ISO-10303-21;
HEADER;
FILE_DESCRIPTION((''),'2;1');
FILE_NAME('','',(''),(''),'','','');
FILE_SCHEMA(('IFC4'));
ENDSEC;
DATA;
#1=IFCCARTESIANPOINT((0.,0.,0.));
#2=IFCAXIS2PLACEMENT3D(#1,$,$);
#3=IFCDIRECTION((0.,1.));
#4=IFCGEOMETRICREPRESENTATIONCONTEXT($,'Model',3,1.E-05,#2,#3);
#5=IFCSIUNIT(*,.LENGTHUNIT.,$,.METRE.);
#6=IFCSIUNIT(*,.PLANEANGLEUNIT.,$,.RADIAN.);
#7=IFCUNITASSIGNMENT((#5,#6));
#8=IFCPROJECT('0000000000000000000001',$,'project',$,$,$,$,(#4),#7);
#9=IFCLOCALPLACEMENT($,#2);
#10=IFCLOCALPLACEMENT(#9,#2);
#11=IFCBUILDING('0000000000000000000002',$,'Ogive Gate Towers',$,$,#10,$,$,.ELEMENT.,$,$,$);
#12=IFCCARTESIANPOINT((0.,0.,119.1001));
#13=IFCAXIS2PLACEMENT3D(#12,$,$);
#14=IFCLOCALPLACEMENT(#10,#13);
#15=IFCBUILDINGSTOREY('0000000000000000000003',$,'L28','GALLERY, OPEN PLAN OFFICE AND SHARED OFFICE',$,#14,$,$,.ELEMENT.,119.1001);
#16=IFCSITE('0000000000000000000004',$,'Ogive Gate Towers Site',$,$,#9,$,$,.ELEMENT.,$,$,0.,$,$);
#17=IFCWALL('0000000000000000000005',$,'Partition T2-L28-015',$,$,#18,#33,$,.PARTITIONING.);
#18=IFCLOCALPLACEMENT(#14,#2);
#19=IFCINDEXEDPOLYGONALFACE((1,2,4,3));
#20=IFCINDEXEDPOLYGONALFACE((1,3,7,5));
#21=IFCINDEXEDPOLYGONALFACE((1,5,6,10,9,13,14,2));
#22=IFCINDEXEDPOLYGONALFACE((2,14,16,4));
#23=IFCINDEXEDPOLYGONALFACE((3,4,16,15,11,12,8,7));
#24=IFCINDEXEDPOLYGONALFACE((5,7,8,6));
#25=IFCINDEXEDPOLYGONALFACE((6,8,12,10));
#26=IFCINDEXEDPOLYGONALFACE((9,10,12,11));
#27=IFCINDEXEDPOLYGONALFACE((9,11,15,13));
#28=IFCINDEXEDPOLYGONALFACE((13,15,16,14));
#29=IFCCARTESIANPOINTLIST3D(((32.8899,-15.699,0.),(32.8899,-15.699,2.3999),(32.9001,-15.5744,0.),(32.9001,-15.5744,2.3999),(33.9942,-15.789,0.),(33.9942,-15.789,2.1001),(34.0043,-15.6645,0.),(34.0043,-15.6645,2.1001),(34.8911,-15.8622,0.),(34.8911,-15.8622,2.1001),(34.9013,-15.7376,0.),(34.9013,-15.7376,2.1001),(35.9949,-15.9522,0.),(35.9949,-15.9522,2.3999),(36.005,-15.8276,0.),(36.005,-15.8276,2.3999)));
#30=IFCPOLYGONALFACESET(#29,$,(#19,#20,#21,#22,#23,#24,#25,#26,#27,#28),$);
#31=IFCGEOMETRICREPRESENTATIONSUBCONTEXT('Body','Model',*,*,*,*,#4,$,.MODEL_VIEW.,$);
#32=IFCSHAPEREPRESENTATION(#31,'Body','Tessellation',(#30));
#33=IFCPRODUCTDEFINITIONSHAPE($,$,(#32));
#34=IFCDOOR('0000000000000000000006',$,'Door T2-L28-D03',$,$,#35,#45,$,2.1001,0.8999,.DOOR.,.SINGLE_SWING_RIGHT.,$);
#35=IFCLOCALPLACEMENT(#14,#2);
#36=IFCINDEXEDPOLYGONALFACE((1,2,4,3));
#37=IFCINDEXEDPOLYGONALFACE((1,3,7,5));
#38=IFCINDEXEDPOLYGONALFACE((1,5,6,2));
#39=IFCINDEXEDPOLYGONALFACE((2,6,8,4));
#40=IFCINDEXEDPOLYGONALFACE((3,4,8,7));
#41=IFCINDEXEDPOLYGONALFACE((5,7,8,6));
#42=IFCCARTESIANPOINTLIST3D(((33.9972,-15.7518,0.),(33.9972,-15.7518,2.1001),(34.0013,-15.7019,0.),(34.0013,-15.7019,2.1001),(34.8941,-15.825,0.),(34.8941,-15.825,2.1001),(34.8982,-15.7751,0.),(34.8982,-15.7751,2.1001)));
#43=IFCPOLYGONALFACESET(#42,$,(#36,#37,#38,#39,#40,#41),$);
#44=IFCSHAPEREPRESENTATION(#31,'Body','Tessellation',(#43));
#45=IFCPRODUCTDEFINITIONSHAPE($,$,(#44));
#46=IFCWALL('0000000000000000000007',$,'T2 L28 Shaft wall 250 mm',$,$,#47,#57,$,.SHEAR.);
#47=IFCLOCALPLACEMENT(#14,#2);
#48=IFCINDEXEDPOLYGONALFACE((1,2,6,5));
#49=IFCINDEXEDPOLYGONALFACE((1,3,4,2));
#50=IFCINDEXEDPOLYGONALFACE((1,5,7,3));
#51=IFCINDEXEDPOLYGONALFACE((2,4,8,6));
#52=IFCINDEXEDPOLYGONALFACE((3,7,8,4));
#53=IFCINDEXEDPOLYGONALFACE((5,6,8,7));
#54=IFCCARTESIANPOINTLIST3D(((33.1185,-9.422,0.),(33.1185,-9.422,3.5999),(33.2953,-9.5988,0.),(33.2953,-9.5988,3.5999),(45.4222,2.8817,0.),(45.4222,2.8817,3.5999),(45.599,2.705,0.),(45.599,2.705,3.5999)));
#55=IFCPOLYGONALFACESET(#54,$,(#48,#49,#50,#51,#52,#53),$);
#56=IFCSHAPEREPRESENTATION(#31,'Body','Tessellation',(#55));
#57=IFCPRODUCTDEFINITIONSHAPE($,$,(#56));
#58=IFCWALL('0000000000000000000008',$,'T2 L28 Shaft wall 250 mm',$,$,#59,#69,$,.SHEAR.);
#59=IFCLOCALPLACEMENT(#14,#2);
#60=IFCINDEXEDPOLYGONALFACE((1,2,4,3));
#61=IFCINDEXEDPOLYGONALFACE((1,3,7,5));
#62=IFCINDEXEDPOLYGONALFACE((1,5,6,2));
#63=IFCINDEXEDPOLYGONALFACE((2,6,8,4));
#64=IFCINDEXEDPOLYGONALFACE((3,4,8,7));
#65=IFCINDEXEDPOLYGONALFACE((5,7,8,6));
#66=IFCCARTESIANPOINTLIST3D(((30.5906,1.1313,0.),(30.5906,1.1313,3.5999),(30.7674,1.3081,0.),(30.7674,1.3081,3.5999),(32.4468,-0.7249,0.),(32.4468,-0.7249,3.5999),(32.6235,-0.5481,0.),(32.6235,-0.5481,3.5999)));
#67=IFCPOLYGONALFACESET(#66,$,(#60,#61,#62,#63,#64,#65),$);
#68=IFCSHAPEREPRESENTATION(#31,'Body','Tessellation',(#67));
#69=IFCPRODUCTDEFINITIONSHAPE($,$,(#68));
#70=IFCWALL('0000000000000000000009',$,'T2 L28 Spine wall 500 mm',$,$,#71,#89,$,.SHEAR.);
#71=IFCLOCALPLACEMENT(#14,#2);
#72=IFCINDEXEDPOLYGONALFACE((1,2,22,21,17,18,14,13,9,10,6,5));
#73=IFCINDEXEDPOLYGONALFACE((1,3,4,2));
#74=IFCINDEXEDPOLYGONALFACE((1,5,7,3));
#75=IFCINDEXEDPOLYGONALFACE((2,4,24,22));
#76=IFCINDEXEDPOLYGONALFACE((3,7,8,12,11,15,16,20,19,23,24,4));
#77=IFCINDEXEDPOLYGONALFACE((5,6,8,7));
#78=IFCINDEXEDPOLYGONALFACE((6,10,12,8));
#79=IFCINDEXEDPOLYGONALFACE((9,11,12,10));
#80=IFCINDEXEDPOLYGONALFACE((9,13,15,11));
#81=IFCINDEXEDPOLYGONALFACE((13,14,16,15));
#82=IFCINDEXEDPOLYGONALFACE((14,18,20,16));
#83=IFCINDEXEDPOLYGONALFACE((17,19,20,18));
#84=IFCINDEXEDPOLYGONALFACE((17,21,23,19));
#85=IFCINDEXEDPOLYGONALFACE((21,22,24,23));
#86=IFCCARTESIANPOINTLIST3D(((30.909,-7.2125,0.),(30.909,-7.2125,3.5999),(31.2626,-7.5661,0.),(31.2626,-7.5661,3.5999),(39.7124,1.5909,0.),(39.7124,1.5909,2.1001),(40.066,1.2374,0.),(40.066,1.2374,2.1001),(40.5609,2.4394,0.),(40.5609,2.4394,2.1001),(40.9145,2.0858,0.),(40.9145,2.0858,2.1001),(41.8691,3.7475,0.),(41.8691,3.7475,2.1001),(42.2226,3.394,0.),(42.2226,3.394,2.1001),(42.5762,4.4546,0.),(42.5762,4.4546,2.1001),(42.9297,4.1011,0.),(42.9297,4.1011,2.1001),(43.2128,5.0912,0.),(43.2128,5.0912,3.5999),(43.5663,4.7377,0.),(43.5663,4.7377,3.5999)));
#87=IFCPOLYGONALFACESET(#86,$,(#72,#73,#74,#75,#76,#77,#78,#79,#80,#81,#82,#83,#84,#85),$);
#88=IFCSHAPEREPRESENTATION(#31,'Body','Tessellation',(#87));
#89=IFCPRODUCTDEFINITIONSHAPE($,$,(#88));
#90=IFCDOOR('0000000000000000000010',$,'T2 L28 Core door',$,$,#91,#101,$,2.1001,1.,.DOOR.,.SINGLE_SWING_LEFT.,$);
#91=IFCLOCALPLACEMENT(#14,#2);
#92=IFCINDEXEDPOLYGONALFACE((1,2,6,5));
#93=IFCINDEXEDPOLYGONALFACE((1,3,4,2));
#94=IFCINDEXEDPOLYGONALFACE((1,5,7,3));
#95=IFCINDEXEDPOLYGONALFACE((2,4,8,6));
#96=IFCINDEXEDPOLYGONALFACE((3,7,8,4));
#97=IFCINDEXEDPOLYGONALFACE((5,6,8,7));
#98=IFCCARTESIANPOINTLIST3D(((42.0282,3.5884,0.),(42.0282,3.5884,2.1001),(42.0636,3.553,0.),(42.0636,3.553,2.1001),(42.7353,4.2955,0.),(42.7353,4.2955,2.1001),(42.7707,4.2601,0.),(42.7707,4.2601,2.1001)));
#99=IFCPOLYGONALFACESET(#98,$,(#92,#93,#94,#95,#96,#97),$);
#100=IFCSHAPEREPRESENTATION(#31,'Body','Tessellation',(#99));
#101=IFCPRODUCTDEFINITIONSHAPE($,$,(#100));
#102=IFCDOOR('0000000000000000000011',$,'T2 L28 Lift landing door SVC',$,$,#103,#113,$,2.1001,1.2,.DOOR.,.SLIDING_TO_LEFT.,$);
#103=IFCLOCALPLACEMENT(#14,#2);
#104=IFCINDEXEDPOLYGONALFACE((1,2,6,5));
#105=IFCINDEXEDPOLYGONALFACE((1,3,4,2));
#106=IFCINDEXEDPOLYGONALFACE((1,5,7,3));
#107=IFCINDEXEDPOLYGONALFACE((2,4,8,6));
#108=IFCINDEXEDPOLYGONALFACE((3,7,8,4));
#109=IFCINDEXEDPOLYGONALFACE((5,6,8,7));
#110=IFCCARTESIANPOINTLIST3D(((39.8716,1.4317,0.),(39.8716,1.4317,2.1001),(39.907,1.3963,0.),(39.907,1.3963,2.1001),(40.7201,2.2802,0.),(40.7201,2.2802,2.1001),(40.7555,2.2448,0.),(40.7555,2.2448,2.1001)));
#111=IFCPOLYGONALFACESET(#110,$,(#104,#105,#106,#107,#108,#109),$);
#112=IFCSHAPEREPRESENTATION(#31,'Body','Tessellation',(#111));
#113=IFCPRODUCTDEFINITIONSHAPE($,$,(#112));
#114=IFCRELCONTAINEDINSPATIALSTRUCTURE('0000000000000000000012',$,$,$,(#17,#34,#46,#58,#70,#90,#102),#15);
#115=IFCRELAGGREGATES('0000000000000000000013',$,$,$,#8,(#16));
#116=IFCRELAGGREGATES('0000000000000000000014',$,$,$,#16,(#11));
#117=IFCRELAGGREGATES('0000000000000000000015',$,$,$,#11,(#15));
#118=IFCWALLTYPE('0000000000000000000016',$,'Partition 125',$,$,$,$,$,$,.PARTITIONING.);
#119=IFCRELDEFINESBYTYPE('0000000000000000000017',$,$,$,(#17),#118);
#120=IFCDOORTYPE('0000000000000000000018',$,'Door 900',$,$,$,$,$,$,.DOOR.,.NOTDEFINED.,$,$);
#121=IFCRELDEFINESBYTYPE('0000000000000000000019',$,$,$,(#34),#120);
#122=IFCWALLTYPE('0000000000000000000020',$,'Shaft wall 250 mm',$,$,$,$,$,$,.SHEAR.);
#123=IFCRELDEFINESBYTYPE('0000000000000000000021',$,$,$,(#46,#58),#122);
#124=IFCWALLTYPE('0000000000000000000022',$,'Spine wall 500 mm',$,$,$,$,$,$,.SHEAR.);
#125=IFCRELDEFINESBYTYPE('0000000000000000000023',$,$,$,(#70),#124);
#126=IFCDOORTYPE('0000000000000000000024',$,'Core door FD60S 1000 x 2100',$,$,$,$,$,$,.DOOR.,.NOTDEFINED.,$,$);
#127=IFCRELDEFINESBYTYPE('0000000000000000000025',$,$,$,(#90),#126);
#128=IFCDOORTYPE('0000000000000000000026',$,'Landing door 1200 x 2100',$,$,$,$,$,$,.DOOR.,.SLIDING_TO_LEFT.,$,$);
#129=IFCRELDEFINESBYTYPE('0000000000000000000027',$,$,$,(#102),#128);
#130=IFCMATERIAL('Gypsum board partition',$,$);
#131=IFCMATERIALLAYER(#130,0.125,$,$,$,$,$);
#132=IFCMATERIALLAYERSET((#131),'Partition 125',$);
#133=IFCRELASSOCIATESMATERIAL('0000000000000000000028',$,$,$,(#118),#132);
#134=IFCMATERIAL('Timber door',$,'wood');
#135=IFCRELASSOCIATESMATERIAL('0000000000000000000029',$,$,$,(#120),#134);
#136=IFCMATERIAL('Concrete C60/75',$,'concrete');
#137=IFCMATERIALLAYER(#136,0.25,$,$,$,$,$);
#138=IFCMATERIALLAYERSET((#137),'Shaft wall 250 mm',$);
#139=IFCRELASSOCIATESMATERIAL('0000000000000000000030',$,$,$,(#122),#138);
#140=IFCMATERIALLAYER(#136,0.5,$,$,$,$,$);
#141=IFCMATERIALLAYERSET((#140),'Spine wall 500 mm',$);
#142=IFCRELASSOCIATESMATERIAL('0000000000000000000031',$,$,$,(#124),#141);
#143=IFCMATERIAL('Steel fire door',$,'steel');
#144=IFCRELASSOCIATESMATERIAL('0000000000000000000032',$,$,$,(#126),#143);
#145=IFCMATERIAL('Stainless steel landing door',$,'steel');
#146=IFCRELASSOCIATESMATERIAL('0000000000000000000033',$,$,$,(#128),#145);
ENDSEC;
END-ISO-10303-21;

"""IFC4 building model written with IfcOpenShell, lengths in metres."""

from ifc_helpers import new_model, si_unit, direction, frame, frame_2d, origin, place, context, subcontext, project, spatial, rectangle, extrude, material, layer, layer_set, type_object, element, fill, save


model = new_model("IFC4")

# Units and contexts
model_context = context("Model", 3, precision=1e-05, world=origin(), true_north=direction((0.0, 1.0)))
body_context = subcontext(model_context, "Body", "Model", "MODEL_VIEW")
ifc_project = project(units=[si_unit("LENGTHUNIT", "METRE"), si_unit("PLANEANGLEUNIT", "RADIAN")], contexts=[model_context])

# Site, building, storey
site_placement = place(None, origin())
site = spatial("IfcSite", under=ifc_project, at=site_placement, Name="Ogive Gate Towers Site", CompositionType="ELEMENT", RefElevation=0.0)
building_placement = place(site_placement, origin())
building = spatial("IfcBuilding", under=site, at=building_placement, Name="Ogive Gate Towers", CompositionType="ELEMENT")
storey_placement = place(building_placement, frame((0.0, 0.0, 119.1001)))
storey = spatial("IfcBuildingStorey", under=building, at=storey_placement, Name="L28", Description="GALLERY, OPEN PLAN OFFICE AND SHARED OFFICE", CompositionType="ELEMENT", Elevation=119.1001)

# Shared definitions
ifc_material_1 = material(Name="Gypsum board partition")
ifc_layer_1 = layer(ifc_material_1, 0.125)
ifc_layer_set_1 = layer_set([ifc_layer_1], Name="Partition 125")
wall_type_1 = type_object("IfcWallType", Name="Partition 125", PredefinedType="PARTITIONING", material=ifc_layer_set_1)

# Wall, opening, door
wall_1_placement = place(storey_placement, frame((32.895, -15.6367, 0.0), z_axis=(0.0, 0.0, 1.0), x_axis=(0.996692, -0.081268, 0.0)))
wall_1 = element("IfcWall", 1, at=wall_1_placement, inside=storey, type_object=wall_type_1, Name="Partition T2-L28-015", PredefinedType="PARTITIONING", context=body_context, shape_type="SweptSolid", body=[
    extrude(rectangle(XDim=3.1152, YDim=0.125, at=frame_2d((1.5576, 0.0))), origin(), (0.0, 0.0, 1.0), 2.3999),
])
opening_1_placement = place(wall_1_placement, frame((1.1079, 0.0, 0.0)))
opening_1 = element("IfcOpeningElement", 2, at=opening_1_placement, cuts=wall_1, PredefinedType="OPENING", context=body_context, shape_type="SweptSolid", body=[
    extrude(rectangle(XDim=0.8999, YDim=2.1001, at=frame_2d((0.45, 1.05))), frame((0.0, 0.0725, 0.0), z_axis=(0.0, -1.0, 0.0), x_axis=(1.0, 0.0, 0.0)), (0.0, 0.0, 1.0), 0.145),
])
ifc_material_2 = material(Name="Timber door", Category="wood")
door_type_1 = type_object("IfcDoorType", Name="Door 900", OperationType="NOTDEFINED", PredefinedType="DOOR", material=ifc_material_2)
door_1_placement = place(opening_1_placement, origin())
door_1 = element("IfcDoor", 3, at=door_1_placement, inside=storey, type_object=door_type_1, Name="Door T2-L28-D03", OperationType="SINGLE_SWING_RIGHT", OverallHeight=2.1001, OverallWidth=0.8999, PredefinedType="DOOR", context=body_context, shape_type="SweptSolid", body=[
    extrude(rectangle(XDim=0.8999, YDim=2.1001, at=frame_2d((0.45, 1.05))), frame((0.0, 0.0249, 0.0), z_axis=(0.0, -1.0, 0.0), x_axis=(1.0, 0.0, 0.0)), (0.0, 0.0, 1.0), 0.05),
])
fill(opening_1, door_1)

# Walls
ifc_material_3 = material(Name="Concrete C60/75", Category="concrete")
ifc_layer_2 = layer(ifc_material_3, 0.25)
ifc_layer_set_2 = layer_set([ifc_layer_2], Name="Shaft wall 250 mm")
wall_type_2 = type_object("IfcWallType", Name="Shaft wall 250 mm", PredefinedType="SHEAR", material=ifc_layer_set_2)
wall_2_placement = place(storey_placement, frame((33.2068, -9.5105, 0.0), z_axis=(0.0, 0.0, 1.0), x_axis=(0.707107, 0.707107, 0.0)))
element("IfcWall", 4, at=wall_2_placement, inside=storey, type_object=wall_type_2, Name="T2 L28 Shaft wall 250 mm", PredefinedType="SHEAR", context=body_context, shape_type="SweptSolid", body=[
    extrude(rectangle(XDim=17.4001, YDim=0.25, at=frame_2d((8.7002, 0.0))), origin(), (0.0, 0.0, 1.0), 3.5999),
])
wall_3_placement = place(storey_placement, frame((32.5352, -0.6365, 0.0), z_axis=(0.0, 0.0, 1.0), x_axis=(-0.707107, 0.707107, 0.0)))
element("IfcWall", 5, at=wall_3_placement, inside=storey, type_object=wall_type_2, Name="T2 L28 Shaft wall 250 mm", PredefinedType="SHEAR", context=body_context, shape_type="SweptSolid", body=[
    extrude(rectangle(XDim=2.625, YDim=0.25, at=frame_2d((1.3125, 0.0))), origin(), (0.0, 0.0, 1.0), 3.5999),
])

# Wall, openings, doors
ifc_layer_3 = layer(ifc_material_3, 0.5)
ifc_layer_set_3 = layer_set([ifc_layer_3], Name="Spine wall 500 mm")
wall_type_3 = type_object("IfcWallType", Name="Spine wall 500 mm", PredefinedType="SHEAR", material=ifc_layer_set_3)
wall_4_placement = place(storey_placement, frame((31.0857, -7.3894, 0.0), z_axis=(0.0, 0.0, 1.0), x_axis=(0.707107, 0.707107, 0.0)))
wall_4 = element("IfcWall", 6, at=wall_4_placement, inside=storey, type_object=wall_type_3, Name="T2 L28 Spine wall 500 mm", PredefinedType="SHEAR", context=body_context, shape_type="SweptSolid", body=[
    extrude(rectangle(XDim=17.4001, YDim=0.5, at=frame_2d((8.7002, 0.0))), origin(), (0.0, 0.0, 1.0), 3.5999),
])
opening_2_placement = place(wall_4_placement, frame((12.45, 0.0, 0.0)))
opening_2 = element("IfcOpeningElement", 7, at=opening_2_placement, cuts=wall_4, PredefinedType="OPENING", context=body_context, shape_type="SweptSolid", body=[
    extrude(rectangle(XDim=1.2, YDim=2.1001, at=frame_2d((0.6001, 1.05))), frame((0.0, 0.26, 0.0), z_axis=(0.0, -1.0, 0.0), x_axis=(1.0, 0.0, 0.0)), (0.0, 0.0, 1.0), 0.52),
])
opening_3_placement = place(wall_4_placement, frame((15.5, 0.0, 0.0)))
opening_3 = element("IfcOpeningElement", 8, at=opening_3_placement, cuts=wall_4, PredefinedType="OPENING", context=body_context, shape_type="SweptSolid", body=[
    extrude(rectangle(XDim=1.0, YDim=2.1001, at=frame_2d((0.5, 1.05))), frame((0.0, 0.26, 0.0), z_axis=(0.0, -1.0, 0.0), x_axis=(1.0, 0.0, 0.0)), (0.0, 0.0, 1.0), 0.52),
])
ifc_material_4 = material(Name="Steel fire door", Category="steel")
door_type_2 = type_object("IfcDoorType", Name="Core door FD60S 1000 x 2100", OperationType="NOTDEFINED", PredefinedType="DOOR", material=ifc_material_4)
door_2_placement = place(opening_3_placement, origin())
door_2 = element("IfcDoor", 9, at=door_2_placement, inside=storey, type_object=door_type_2, Name="T2 L28 Core door", OperationType="SINGLE_SWING_LEFT", OverallHeight=2.1001, OverallWidth=1.0, PredefinedType="DOOR", context=body_context, shape_type="SweptSolid", body=[
    extrude(rectangle(XDim=1.0, YDim=2.1001, at=frame_2d((0.5, 1.05))), frame((0.0, 0.0249, 0.0), z_axis=(0.0, -1.0, 0.0), x_axis=(1.0, 0.0, 0.0)), (0.0, 0.0, 1.0), 0.05),
])
fill(opening_3, door_2)
ifc_material_5 = material(Name="Stainless steel landing door", Category="steel")
door_type_3 = type_object("IfcDoorType", Name="Landing door 1200 x 2100", OperationType="SLIDING_TO_LEFT", PredefinedType="DOOR", material=ifc_material_5)
door_3_placement = place(opening_2_placement, origin())
door_3 = element("IfcDoor", 10, at=door_3_placement, inside=storey, type_object=door_type_3, Name="T2 L28 Lift landing door SVC", OperationType="SLIDING_TO_LEFT", OverallHeight=2.1001, OverallWidth=1.2, PredefinedType="DOOR", context=body_context, shape_type="SweptSolid", body=[
    extrude(rectangle(XDim=1.2, YDim=2.1001, at=frame_2d((0.6001, 1.05))), frame((0.0, 0.0249, 0.0), z_axis=(0.0, -1.0, 0.0), x_axis=(1.0, 0.0, 0.0)), (0.0, 0.0, 1.0), 0.05),
])
fill(opening_2, door_3)

save(model, "model.ifc")
